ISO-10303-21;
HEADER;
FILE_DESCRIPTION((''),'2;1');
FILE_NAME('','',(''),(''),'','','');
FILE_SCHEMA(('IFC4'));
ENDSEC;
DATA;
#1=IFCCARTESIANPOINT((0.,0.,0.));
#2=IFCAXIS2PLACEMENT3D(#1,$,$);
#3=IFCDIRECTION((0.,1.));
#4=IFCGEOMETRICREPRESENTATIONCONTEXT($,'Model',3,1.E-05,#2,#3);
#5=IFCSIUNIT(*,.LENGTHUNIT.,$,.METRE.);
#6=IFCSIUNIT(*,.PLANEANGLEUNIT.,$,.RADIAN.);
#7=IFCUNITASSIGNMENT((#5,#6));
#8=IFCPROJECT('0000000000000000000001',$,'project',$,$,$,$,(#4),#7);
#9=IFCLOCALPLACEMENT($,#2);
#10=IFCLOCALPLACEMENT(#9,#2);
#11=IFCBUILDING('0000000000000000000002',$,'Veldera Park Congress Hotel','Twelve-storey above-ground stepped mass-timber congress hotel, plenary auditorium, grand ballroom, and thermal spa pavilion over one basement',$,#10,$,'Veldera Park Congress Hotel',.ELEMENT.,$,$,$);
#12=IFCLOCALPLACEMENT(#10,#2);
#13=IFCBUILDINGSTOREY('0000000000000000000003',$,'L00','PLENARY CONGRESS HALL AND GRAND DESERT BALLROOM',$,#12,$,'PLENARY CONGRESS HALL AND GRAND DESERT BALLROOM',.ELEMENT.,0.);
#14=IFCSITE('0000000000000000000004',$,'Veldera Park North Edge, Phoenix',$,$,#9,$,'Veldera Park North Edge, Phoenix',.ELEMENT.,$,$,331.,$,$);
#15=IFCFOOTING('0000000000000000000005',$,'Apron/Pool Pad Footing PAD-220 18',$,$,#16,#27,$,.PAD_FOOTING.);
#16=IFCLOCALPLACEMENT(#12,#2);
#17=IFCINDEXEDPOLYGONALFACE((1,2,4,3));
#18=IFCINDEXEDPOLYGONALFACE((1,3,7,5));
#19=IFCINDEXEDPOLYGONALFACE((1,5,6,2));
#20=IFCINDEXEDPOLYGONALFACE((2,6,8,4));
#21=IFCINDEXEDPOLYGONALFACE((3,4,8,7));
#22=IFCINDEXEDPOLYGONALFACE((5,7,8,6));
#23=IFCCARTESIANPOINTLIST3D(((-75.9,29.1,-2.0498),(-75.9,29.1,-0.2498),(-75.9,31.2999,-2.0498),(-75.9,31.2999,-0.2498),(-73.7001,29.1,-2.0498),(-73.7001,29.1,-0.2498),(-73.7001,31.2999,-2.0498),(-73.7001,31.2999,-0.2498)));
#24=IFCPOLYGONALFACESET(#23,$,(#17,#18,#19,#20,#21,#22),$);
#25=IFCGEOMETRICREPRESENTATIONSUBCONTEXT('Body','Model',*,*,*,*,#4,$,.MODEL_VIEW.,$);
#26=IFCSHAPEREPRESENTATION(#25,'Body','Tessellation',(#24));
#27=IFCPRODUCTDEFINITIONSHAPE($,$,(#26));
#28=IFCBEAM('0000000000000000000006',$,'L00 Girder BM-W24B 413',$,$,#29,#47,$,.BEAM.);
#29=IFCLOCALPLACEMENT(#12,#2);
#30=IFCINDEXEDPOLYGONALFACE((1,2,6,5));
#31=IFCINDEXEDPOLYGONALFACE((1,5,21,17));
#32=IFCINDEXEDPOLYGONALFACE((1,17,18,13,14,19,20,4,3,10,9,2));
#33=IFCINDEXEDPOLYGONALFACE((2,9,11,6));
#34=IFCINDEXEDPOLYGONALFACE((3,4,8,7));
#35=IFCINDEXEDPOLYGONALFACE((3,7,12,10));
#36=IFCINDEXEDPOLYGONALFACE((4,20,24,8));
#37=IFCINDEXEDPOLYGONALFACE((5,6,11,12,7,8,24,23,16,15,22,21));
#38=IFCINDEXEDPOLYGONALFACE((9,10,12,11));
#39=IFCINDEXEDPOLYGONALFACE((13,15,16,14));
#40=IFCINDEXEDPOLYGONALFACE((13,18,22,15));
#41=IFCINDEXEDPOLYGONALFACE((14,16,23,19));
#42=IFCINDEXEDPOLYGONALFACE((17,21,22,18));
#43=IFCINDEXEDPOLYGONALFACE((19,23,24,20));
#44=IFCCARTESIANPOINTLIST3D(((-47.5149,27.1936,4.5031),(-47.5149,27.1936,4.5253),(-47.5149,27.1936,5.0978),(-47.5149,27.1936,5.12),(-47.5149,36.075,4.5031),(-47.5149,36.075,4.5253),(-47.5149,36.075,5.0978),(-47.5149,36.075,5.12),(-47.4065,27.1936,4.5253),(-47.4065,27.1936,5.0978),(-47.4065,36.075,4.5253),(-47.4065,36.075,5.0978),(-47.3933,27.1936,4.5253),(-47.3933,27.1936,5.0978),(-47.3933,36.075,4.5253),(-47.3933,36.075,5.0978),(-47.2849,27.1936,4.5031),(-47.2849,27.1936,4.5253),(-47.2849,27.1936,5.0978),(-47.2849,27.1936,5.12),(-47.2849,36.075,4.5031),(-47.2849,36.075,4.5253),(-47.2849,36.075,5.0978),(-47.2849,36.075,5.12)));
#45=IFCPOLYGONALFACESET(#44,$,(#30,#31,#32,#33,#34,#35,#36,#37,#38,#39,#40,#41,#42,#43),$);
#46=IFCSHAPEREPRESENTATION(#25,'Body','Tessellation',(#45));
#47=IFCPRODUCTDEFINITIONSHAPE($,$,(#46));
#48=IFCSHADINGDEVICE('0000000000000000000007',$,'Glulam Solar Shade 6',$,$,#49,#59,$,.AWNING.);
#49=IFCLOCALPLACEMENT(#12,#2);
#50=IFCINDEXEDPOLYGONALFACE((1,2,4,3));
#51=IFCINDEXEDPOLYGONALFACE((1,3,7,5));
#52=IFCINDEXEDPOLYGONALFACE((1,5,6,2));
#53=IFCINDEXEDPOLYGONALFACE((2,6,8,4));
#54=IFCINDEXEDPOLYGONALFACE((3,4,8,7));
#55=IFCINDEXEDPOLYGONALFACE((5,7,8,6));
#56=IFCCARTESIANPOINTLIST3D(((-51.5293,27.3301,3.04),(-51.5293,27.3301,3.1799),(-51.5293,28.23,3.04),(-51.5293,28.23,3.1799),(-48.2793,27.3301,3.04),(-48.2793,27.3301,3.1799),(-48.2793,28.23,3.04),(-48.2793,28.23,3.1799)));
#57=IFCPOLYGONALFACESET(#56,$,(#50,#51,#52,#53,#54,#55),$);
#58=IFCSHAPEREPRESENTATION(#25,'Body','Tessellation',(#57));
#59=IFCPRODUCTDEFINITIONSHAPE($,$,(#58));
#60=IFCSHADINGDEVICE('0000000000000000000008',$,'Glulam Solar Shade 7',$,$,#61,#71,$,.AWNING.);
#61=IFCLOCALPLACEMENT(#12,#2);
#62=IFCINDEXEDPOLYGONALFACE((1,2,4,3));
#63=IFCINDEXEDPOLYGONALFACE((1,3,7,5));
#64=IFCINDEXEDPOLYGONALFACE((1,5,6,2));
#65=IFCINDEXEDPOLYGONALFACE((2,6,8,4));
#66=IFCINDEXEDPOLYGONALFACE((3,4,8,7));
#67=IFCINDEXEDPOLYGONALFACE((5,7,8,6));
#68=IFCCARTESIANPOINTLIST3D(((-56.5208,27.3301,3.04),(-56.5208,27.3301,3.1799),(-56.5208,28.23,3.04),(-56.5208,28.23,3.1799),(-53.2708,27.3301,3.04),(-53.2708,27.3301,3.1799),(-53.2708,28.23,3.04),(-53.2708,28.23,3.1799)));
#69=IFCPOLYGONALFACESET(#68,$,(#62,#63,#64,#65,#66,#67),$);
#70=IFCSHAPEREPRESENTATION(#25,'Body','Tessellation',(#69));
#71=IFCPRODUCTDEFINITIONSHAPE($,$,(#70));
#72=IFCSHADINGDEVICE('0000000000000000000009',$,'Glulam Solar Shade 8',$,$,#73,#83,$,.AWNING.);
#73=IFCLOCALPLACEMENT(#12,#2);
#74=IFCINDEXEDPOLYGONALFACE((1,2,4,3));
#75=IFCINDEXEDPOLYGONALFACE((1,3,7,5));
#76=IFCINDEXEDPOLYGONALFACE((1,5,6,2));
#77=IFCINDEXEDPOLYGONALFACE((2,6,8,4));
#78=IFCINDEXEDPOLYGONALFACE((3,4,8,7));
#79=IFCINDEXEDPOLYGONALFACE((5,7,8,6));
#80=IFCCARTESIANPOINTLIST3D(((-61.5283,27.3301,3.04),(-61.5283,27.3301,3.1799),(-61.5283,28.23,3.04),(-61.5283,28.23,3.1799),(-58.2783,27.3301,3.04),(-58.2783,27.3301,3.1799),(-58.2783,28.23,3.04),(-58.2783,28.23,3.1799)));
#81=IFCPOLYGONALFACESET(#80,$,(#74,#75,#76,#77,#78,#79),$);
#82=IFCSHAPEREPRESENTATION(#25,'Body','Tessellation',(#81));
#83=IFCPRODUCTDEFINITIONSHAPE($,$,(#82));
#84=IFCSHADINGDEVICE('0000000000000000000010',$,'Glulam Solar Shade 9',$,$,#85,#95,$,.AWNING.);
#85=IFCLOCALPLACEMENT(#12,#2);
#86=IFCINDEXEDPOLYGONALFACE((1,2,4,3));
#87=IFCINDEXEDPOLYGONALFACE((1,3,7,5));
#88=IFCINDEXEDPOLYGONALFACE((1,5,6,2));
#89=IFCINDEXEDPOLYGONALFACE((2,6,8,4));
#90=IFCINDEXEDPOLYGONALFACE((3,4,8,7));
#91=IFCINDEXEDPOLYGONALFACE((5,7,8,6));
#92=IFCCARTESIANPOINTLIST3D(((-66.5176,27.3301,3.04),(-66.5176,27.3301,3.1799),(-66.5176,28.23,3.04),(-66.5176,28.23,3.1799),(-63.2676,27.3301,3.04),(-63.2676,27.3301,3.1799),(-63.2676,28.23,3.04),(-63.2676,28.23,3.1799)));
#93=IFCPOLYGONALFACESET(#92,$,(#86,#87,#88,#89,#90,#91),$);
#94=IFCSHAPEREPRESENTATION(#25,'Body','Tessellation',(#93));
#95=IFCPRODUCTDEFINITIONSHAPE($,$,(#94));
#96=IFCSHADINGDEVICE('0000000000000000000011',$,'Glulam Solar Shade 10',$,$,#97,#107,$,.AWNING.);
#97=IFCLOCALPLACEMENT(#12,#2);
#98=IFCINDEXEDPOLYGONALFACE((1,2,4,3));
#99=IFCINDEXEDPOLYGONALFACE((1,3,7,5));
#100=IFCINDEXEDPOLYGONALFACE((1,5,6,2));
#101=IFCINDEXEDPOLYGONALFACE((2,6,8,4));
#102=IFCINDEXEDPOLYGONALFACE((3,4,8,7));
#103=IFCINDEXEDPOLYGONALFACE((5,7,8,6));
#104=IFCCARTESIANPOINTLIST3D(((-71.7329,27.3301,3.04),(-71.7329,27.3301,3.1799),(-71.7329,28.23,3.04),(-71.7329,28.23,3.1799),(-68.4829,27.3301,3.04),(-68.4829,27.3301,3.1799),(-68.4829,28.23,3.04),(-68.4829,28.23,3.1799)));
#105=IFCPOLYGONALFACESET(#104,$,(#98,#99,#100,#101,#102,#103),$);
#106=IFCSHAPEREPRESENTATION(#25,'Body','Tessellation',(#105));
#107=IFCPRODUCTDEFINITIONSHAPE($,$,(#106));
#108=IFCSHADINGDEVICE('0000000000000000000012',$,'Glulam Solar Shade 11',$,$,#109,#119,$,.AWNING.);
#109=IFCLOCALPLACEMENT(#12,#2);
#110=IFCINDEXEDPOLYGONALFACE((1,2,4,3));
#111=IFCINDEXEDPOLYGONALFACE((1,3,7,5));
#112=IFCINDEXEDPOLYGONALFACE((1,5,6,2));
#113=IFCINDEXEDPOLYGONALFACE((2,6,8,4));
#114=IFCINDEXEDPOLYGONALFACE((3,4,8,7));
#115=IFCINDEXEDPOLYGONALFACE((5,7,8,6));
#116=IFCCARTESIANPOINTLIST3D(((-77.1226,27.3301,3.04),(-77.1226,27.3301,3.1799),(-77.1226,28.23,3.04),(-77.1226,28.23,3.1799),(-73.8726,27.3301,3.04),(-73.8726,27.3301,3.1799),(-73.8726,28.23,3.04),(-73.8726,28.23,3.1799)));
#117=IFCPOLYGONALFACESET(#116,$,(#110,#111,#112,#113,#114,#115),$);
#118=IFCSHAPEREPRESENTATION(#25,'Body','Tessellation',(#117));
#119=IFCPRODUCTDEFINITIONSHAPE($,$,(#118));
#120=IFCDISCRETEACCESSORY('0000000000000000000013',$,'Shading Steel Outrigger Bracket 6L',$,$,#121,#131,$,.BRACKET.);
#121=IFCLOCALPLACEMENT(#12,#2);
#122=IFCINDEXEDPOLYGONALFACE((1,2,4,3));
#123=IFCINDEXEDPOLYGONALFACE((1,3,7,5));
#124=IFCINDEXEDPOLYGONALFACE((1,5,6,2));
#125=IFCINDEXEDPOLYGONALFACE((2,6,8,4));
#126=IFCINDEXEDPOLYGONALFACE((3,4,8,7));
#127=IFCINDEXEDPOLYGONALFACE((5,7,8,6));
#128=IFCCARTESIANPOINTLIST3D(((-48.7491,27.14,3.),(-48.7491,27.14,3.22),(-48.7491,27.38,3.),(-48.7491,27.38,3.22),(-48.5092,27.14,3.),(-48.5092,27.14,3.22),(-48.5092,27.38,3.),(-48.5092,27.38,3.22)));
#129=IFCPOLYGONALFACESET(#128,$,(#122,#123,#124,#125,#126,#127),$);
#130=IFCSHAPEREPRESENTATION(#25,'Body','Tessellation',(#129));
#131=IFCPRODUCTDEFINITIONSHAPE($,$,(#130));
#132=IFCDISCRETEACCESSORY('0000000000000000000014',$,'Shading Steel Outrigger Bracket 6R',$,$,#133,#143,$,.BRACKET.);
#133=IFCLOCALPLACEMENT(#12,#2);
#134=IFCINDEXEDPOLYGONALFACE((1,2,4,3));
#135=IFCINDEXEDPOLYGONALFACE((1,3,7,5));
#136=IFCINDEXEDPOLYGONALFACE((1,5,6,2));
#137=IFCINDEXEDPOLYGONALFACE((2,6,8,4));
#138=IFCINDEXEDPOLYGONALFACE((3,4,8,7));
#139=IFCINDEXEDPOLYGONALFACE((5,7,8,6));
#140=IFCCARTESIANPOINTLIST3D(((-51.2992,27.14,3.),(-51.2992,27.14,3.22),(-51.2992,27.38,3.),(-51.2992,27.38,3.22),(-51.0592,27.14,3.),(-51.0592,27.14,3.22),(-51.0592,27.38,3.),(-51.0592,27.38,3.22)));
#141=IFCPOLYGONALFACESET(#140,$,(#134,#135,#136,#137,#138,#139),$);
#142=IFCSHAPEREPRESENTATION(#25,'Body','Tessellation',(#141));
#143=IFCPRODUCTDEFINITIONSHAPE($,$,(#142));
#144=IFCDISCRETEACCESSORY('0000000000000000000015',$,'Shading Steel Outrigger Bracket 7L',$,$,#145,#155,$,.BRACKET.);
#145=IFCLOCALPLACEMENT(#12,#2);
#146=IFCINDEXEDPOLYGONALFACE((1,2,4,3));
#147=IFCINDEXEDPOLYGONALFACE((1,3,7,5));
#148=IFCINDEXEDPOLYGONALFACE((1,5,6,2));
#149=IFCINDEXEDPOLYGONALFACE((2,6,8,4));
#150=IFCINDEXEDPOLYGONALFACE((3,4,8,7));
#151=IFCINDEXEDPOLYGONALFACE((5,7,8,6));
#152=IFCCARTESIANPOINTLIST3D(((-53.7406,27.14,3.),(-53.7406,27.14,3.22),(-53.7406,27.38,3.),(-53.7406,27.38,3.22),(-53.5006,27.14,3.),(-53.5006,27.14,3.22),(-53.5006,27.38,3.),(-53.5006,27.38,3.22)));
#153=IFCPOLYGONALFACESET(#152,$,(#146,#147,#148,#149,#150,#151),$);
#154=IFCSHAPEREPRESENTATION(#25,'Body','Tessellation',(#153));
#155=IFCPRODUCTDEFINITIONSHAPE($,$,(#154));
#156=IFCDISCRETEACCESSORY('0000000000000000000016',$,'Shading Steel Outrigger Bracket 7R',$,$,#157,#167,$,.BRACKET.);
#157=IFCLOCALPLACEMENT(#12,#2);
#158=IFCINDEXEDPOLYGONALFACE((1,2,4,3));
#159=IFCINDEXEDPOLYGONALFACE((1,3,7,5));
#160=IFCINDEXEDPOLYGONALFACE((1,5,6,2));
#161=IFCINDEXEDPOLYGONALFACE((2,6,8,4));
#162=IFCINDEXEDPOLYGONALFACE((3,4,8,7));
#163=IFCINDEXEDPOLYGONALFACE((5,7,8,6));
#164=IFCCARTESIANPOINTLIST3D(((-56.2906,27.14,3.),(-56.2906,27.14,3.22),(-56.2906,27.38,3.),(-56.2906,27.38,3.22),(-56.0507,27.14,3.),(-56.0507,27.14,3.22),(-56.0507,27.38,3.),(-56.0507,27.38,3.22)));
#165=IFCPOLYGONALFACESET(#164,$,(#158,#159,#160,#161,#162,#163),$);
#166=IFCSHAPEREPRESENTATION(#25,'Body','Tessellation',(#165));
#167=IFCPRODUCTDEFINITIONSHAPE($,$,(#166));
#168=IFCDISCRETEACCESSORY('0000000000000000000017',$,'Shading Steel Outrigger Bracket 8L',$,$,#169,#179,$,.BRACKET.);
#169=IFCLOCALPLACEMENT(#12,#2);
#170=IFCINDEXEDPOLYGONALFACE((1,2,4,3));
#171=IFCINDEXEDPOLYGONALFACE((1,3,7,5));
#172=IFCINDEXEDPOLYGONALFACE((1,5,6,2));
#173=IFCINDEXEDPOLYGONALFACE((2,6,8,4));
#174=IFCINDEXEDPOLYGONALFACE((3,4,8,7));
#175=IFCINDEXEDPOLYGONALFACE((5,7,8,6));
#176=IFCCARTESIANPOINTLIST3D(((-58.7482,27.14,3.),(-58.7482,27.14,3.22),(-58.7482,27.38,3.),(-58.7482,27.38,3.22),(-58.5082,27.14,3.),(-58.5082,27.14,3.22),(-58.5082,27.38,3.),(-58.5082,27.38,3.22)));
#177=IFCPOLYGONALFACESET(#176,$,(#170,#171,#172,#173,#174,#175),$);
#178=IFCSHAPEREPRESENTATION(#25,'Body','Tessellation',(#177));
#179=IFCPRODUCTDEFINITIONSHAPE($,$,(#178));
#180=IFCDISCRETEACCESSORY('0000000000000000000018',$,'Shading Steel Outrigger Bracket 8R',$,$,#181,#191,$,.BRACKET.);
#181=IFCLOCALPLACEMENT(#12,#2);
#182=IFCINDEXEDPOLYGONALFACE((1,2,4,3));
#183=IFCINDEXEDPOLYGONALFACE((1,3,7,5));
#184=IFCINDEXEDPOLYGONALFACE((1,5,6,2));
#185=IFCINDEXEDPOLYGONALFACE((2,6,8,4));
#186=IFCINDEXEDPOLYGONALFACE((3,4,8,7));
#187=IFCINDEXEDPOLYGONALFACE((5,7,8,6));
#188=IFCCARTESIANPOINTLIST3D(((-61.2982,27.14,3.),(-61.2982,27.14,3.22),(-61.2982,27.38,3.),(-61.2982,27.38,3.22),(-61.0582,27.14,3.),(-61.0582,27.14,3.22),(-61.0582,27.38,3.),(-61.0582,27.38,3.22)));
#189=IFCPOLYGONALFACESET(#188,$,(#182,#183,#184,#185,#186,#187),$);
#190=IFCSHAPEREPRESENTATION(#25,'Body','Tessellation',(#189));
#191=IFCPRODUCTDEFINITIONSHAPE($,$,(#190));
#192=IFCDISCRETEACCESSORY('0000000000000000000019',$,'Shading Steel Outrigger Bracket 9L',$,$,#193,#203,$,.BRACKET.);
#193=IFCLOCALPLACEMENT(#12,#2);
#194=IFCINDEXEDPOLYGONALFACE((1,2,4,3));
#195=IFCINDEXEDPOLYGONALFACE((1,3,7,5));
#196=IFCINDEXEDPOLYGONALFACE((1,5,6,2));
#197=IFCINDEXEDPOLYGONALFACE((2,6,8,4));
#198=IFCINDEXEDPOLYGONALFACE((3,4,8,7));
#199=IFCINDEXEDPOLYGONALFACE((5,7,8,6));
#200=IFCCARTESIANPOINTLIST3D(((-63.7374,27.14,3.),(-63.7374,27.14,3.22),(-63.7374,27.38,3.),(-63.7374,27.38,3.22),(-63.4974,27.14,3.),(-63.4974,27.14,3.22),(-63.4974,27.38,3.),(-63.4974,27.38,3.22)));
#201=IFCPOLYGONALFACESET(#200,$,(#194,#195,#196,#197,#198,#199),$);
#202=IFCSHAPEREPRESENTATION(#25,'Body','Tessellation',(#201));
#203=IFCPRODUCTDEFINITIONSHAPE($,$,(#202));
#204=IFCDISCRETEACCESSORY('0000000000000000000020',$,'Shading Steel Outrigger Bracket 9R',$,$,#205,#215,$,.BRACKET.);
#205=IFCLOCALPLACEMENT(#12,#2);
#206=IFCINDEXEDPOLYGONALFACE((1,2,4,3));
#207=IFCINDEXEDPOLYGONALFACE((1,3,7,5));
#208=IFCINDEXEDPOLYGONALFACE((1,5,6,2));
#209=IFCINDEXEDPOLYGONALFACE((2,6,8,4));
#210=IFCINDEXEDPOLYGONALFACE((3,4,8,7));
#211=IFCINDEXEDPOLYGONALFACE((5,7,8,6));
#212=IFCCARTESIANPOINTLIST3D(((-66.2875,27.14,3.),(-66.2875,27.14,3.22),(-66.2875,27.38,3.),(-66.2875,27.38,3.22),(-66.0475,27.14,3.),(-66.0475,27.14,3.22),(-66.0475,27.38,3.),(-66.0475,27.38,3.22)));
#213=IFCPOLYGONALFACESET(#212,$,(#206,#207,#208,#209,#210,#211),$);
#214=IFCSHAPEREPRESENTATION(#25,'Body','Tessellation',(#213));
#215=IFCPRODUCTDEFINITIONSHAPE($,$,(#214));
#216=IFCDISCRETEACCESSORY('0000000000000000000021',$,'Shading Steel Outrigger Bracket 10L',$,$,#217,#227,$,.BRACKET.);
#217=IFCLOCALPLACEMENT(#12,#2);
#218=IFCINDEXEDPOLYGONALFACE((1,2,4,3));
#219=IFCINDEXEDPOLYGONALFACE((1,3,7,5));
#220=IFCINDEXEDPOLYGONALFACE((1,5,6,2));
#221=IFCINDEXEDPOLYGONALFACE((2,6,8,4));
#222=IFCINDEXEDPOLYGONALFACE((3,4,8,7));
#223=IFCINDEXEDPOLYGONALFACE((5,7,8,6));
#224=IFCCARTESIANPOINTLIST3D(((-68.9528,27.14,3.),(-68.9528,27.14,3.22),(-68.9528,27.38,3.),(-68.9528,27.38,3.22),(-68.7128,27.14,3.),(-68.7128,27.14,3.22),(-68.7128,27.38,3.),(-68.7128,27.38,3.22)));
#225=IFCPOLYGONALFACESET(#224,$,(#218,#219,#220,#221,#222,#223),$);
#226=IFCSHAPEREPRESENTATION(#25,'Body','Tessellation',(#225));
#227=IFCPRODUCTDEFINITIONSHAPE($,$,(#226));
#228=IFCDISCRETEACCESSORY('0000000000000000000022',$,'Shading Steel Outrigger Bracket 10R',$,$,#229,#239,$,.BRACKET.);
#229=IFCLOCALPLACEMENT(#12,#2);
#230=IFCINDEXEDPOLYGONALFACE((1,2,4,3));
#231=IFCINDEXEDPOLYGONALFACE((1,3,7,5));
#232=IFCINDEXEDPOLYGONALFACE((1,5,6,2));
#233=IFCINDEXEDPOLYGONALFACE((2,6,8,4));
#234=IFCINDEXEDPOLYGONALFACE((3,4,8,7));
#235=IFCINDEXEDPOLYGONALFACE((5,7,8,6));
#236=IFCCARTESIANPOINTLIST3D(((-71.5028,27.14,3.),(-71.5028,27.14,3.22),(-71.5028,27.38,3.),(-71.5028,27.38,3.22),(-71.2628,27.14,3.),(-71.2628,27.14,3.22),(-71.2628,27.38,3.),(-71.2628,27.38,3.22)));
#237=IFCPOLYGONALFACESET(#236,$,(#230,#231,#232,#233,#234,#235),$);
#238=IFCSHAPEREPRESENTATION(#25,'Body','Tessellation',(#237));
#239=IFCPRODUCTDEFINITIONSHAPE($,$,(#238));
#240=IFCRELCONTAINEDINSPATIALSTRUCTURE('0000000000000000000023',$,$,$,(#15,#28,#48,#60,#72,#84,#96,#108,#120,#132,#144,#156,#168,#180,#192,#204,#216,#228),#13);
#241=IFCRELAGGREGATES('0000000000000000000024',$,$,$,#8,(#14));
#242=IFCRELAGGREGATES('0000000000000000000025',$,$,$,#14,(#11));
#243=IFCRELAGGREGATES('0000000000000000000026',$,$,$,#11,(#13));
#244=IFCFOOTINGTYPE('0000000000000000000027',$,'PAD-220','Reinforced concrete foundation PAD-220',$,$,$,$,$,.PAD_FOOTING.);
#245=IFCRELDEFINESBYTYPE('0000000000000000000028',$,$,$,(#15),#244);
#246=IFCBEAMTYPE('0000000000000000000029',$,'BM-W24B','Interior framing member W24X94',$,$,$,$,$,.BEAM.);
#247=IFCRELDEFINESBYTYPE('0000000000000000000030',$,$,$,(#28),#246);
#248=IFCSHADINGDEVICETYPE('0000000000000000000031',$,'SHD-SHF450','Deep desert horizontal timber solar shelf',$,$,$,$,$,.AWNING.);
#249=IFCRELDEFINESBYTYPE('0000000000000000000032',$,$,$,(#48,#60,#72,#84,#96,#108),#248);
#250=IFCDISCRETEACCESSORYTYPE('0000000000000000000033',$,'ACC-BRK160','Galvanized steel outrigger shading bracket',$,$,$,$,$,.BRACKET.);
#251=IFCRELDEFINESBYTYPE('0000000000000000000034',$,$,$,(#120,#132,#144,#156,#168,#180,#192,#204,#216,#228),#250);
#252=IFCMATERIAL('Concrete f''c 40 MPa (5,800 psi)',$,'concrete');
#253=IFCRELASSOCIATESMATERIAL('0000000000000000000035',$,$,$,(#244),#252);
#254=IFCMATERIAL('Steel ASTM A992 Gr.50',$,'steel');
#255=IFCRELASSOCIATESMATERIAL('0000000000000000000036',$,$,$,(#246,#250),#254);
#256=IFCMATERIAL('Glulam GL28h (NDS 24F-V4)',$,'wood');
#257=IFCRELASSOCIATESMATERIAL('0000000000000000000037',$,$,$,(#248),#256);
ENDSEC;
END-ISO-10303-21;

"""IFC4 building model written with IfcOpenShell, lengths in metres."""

from ifc_helpers import new_model, si_unit, direction, frame, origin, origin_2d, place, context, subcontext, project, spatial, rectangle, i_section, extrude, material, material_profile, profile_set, type_object, element, save


model = new_model("IFC4")

# Units and contexts
model_context = context("Model", 3, precision=1e-05, world=origin(), true_north=direction((0.0, 1.0)))
body_context = subcontext(model_context, "Body", "Model", "MODEL_VIEW")
ifc_project = project(units=[si_unit("LENGTHUNIT", "METRE"), si_unit("PLANEANGLEUNIT", "RADIAN")], contexts=[model_context])

# Site, building, storey
site_placement = place(None, origin())
site = spatial("IfcSite", under=ifc_project, at=site_placement, Name="Veldera Park North Edge, Phoenix", LongName="Veldera Park North Edge, Phoenix", CompositionType="ELEMENT", RefElevation=331.0)
building_placement = place(site_placement, origin())
building = spatial("IfcBuilding", under=site, at=building_placement, Name="Veldera Park Congress Hotel", Description="Twelve-storey above-ground stepped mass-timber congress hotel, plenary auditorium, grand ballroom, and thermal spa pavilion over one basement", LongName="Veldera Park Congress Hotel", CompositionType="ELEMENT")
storey_placement = place(building_placement, origin())
storey = spatial("IfcBuildingStorey", under=building, at=storey_placement, Name="L00", Description="PLENARY CONGRESS HALL AND GRAND DESERT BALLROOM", LongName="PLENARY CONGRESS HALL AND GRAND DESERT BALLROOM", CompositionType="ELEMENT", Elevation=0.0)

# Footing
ifc_material_1 = material(Name="Concrete f'c 40 MPa (5,800 psi)", Category="concrete")
footing_type = type_object("IfcFootingType", Name="PAD-220", Description="Reinforced concrete foundation PAD-220", PredefinedType="PAD_FOOTING", material=ifc_material_1)
footing_placement = place(storey_placement, frame((-74.8, 30.2, -2.0498), z_axis=(0.0, 0.0, 1.0), x_axis=(1.0, 0.0, 0.0)))
element("IfcFooting", 1, at=footing_placement, inside=storey, type_object=footing_type, Name="Apron/Pool Pad Footing PAD-220 18", PredefinedType="PAD_FOOTING", context=body_context, shape_type="SweptSolid", body=[
    extrude(rectangle(XDim=2.2, YDim=2.2, at=origin_2d()), origin(), (0.0, 0.0, 1.0), 1.8),
])

# Beam
ifc_material_2 = material(Name="Steel ASTM A992 Gr.50", Category="steel")
ifc_material_profile = material_profile(ifc_material_2, i_section(OverallWidth=0.23, OverallDepth=0.6169, WebThickness=0.0132, FlangeThickness=0.0222, at=origin_2d()), Name="W24X94")
ifc_profile_set = profile_set([ifc_material_profile], Name="Steel ASTM A992 Gr.50")
beam_type = type_object("IfcBeamType", Name="BM-W24B", Description="Interior framing member W24X94", PredefinedType="BEAM", material=ifc_profile_set)
beam_placement = place(storey_placement, frame((-47.3999, 27.1936, 4.8115), z_axis=(0.0, 1.0, 0.0), x_axis=(-1.0, 0.0, 0.0)))
element("IfcBeam", 2, at=beam_placement, inside=storey, type_object=beam_type, Name="L00 Girder BM-W24B 413", PredefinedType="BEAM", context=body_context, shape_type="SweptSolid", body=[
    extrude(i_section(OverallWidth=0.23, OverallDepth=0.6169, WebThickness=0.0132, FlangeThickness=0.0222, at=origin_2d()), origin(), (0.0, 0.0, 1.0), 8.8813),
])

# Shading devices
ifc_material_3 = material(Name="Glulam GL28h (NDS 24F-V4)", Category="wood")
shading_device_type = type_object("IfcShadingDeviceType", Name="SHD-SHF450", Description="Deep desert horizontal timber solar shelf", PredefinedType="AWNING", material=ifc_material_3)
for number, where, z_axis, x_axis, name in (
    (3, (-49.9043, 27.78, 3.04), (0.0, 0.0, 1.0), (-1.0, 0.0, 0.0), "Glulam Solar Shade 6"),
    (4, (-54.8958, 27.78, 3.04), (0.0, 0.0, 1.0), (-1.0, 0.0, 0.0), "Glulam Solar Shade 7"),
    (5, (-59.9033, 27.78, 3.04), (0.0, 0.0, 1.0), (-1.0, 0.0, 0.0), "Glulam Solar Shade 8"),
    (6, (-64.8926, 27.78, 3.04), (0.0, 0.0, 1.0), (-1.0, 0.0, 0.0), "Glulam Solar Shade 9"),
    (7, (-70.1079, 27.78, 3.04), (0.0, 0.0, 1.0), (-1.0, 0.0, 0.0), "Glulam Solar Shade 10"),
    (8, (-75.4976, 27.78, 3.04), (0.0, 0.0, 1.0), (-1.0, 0.0, 0.0), "Glulam Solar Shade 11"),
):
    element("IfcShadingDevice", number, at=place(storey_placement, frame(where, z_axis=z_axis, x_axis=x_axis)), inside=storey, type_object=shading_device_type, Name=name, PredefinedType="AWNING", context=body_context, shape_type="SweptSolid", body=[
        extrude(rectangle(XDim=3.25, YDim=0.8999, at=origin_2d()), origin(), (0.0, 0.0, 1.0), 0.1399),
    ])

# Discrete accessories
discrete_accessory_type = type_object("IfcDiscreteAccessoryType", Name="ACC-BRK160", Description="Galvanized steel outrigger shading bracket", PredefinedType="BRACKET", material=ifc_material_2)
for number, where, z_axis, x_axis, name in (
    (9, (-48.6292, 27.26, 3.0), (0.0, 0.0, 1.0), (-1.0, 0.0, 0.0), "Shading Steel Outrigger Bracket 6L"),
    (10, (-51.1792, 27.26, 3.0), (0.0, 0.0, 1.0), (-1.0, 0.0, 0.0), "Shading Steel Outrigger Bracket 6R"),
    (11, (-53.6206, 27.26, 3.0), (0.0, 0.0, 1.0), (-1.0, 0.0, 0.0), "Shading Steel Outrigger Bracket 7L"),
    (12, (-56.1707, 27.26, 3.0), (0.0, 0.0, 1.0), (-1.0, 0.0, 0.0), "Shading Steel Outrigger Bracket 7R"),
    (13, (-58.6282, 27.26, 3.0), (0.0, 0.0, 1.0), (-1.0, 0.0, 0.0), "Shading Steel Outrigger Bracket 8L"),
    (14, (-61.1782, 27.26, 3.0), (0.0, 0.0, 1.0), (-1.0, 0.0, 0.0), "Shading Steel Outrigger Bracket 8R"),
    (15, (-63.6174, 27.26, 3.0), (0.0, 0.0, 1.0), (-1.0, 0.0, 0.0), "Shading Steel Outrigger Bracket 9L"),
    (16, (-66.1675, 27.26, 3.0), (0.0, 0.0, 1.0), (-1.0, 0.0, 0.0), "Shading Steel Outrigger Bracket 9R"),
    (17, (-68.8328, 27.26, 3.0), (0.0, 0.0, 1.0), (-1.0, 0.0, 0.0), "Shading Steel Outrigger Bracket 10L"),
    (18, (-71.3828, 27.26, 3.0), (0.0, 0.0, 1.0), (-1.0, 0.0, 0.0), "Shading Steel Outrigger Bracket 10R"),
):
    element("IfcDiscreteAccessory", number, at=place(storey_placement, frame(where, z_axis=z_axis, x_axis=x_axis)), inside=storey, type_object=discrete_accessory_type, Name=name, PredefinedType="BRACKET", context=body_context, shape_type="SweptSolid", body=[
        extrude(rectangle(XDim=0.24, YDim=0.24, at=origin_2d()), origin(), (0.0, 0.0, 1.0), 0.22),
    ])

save(model, "model.ifc")
